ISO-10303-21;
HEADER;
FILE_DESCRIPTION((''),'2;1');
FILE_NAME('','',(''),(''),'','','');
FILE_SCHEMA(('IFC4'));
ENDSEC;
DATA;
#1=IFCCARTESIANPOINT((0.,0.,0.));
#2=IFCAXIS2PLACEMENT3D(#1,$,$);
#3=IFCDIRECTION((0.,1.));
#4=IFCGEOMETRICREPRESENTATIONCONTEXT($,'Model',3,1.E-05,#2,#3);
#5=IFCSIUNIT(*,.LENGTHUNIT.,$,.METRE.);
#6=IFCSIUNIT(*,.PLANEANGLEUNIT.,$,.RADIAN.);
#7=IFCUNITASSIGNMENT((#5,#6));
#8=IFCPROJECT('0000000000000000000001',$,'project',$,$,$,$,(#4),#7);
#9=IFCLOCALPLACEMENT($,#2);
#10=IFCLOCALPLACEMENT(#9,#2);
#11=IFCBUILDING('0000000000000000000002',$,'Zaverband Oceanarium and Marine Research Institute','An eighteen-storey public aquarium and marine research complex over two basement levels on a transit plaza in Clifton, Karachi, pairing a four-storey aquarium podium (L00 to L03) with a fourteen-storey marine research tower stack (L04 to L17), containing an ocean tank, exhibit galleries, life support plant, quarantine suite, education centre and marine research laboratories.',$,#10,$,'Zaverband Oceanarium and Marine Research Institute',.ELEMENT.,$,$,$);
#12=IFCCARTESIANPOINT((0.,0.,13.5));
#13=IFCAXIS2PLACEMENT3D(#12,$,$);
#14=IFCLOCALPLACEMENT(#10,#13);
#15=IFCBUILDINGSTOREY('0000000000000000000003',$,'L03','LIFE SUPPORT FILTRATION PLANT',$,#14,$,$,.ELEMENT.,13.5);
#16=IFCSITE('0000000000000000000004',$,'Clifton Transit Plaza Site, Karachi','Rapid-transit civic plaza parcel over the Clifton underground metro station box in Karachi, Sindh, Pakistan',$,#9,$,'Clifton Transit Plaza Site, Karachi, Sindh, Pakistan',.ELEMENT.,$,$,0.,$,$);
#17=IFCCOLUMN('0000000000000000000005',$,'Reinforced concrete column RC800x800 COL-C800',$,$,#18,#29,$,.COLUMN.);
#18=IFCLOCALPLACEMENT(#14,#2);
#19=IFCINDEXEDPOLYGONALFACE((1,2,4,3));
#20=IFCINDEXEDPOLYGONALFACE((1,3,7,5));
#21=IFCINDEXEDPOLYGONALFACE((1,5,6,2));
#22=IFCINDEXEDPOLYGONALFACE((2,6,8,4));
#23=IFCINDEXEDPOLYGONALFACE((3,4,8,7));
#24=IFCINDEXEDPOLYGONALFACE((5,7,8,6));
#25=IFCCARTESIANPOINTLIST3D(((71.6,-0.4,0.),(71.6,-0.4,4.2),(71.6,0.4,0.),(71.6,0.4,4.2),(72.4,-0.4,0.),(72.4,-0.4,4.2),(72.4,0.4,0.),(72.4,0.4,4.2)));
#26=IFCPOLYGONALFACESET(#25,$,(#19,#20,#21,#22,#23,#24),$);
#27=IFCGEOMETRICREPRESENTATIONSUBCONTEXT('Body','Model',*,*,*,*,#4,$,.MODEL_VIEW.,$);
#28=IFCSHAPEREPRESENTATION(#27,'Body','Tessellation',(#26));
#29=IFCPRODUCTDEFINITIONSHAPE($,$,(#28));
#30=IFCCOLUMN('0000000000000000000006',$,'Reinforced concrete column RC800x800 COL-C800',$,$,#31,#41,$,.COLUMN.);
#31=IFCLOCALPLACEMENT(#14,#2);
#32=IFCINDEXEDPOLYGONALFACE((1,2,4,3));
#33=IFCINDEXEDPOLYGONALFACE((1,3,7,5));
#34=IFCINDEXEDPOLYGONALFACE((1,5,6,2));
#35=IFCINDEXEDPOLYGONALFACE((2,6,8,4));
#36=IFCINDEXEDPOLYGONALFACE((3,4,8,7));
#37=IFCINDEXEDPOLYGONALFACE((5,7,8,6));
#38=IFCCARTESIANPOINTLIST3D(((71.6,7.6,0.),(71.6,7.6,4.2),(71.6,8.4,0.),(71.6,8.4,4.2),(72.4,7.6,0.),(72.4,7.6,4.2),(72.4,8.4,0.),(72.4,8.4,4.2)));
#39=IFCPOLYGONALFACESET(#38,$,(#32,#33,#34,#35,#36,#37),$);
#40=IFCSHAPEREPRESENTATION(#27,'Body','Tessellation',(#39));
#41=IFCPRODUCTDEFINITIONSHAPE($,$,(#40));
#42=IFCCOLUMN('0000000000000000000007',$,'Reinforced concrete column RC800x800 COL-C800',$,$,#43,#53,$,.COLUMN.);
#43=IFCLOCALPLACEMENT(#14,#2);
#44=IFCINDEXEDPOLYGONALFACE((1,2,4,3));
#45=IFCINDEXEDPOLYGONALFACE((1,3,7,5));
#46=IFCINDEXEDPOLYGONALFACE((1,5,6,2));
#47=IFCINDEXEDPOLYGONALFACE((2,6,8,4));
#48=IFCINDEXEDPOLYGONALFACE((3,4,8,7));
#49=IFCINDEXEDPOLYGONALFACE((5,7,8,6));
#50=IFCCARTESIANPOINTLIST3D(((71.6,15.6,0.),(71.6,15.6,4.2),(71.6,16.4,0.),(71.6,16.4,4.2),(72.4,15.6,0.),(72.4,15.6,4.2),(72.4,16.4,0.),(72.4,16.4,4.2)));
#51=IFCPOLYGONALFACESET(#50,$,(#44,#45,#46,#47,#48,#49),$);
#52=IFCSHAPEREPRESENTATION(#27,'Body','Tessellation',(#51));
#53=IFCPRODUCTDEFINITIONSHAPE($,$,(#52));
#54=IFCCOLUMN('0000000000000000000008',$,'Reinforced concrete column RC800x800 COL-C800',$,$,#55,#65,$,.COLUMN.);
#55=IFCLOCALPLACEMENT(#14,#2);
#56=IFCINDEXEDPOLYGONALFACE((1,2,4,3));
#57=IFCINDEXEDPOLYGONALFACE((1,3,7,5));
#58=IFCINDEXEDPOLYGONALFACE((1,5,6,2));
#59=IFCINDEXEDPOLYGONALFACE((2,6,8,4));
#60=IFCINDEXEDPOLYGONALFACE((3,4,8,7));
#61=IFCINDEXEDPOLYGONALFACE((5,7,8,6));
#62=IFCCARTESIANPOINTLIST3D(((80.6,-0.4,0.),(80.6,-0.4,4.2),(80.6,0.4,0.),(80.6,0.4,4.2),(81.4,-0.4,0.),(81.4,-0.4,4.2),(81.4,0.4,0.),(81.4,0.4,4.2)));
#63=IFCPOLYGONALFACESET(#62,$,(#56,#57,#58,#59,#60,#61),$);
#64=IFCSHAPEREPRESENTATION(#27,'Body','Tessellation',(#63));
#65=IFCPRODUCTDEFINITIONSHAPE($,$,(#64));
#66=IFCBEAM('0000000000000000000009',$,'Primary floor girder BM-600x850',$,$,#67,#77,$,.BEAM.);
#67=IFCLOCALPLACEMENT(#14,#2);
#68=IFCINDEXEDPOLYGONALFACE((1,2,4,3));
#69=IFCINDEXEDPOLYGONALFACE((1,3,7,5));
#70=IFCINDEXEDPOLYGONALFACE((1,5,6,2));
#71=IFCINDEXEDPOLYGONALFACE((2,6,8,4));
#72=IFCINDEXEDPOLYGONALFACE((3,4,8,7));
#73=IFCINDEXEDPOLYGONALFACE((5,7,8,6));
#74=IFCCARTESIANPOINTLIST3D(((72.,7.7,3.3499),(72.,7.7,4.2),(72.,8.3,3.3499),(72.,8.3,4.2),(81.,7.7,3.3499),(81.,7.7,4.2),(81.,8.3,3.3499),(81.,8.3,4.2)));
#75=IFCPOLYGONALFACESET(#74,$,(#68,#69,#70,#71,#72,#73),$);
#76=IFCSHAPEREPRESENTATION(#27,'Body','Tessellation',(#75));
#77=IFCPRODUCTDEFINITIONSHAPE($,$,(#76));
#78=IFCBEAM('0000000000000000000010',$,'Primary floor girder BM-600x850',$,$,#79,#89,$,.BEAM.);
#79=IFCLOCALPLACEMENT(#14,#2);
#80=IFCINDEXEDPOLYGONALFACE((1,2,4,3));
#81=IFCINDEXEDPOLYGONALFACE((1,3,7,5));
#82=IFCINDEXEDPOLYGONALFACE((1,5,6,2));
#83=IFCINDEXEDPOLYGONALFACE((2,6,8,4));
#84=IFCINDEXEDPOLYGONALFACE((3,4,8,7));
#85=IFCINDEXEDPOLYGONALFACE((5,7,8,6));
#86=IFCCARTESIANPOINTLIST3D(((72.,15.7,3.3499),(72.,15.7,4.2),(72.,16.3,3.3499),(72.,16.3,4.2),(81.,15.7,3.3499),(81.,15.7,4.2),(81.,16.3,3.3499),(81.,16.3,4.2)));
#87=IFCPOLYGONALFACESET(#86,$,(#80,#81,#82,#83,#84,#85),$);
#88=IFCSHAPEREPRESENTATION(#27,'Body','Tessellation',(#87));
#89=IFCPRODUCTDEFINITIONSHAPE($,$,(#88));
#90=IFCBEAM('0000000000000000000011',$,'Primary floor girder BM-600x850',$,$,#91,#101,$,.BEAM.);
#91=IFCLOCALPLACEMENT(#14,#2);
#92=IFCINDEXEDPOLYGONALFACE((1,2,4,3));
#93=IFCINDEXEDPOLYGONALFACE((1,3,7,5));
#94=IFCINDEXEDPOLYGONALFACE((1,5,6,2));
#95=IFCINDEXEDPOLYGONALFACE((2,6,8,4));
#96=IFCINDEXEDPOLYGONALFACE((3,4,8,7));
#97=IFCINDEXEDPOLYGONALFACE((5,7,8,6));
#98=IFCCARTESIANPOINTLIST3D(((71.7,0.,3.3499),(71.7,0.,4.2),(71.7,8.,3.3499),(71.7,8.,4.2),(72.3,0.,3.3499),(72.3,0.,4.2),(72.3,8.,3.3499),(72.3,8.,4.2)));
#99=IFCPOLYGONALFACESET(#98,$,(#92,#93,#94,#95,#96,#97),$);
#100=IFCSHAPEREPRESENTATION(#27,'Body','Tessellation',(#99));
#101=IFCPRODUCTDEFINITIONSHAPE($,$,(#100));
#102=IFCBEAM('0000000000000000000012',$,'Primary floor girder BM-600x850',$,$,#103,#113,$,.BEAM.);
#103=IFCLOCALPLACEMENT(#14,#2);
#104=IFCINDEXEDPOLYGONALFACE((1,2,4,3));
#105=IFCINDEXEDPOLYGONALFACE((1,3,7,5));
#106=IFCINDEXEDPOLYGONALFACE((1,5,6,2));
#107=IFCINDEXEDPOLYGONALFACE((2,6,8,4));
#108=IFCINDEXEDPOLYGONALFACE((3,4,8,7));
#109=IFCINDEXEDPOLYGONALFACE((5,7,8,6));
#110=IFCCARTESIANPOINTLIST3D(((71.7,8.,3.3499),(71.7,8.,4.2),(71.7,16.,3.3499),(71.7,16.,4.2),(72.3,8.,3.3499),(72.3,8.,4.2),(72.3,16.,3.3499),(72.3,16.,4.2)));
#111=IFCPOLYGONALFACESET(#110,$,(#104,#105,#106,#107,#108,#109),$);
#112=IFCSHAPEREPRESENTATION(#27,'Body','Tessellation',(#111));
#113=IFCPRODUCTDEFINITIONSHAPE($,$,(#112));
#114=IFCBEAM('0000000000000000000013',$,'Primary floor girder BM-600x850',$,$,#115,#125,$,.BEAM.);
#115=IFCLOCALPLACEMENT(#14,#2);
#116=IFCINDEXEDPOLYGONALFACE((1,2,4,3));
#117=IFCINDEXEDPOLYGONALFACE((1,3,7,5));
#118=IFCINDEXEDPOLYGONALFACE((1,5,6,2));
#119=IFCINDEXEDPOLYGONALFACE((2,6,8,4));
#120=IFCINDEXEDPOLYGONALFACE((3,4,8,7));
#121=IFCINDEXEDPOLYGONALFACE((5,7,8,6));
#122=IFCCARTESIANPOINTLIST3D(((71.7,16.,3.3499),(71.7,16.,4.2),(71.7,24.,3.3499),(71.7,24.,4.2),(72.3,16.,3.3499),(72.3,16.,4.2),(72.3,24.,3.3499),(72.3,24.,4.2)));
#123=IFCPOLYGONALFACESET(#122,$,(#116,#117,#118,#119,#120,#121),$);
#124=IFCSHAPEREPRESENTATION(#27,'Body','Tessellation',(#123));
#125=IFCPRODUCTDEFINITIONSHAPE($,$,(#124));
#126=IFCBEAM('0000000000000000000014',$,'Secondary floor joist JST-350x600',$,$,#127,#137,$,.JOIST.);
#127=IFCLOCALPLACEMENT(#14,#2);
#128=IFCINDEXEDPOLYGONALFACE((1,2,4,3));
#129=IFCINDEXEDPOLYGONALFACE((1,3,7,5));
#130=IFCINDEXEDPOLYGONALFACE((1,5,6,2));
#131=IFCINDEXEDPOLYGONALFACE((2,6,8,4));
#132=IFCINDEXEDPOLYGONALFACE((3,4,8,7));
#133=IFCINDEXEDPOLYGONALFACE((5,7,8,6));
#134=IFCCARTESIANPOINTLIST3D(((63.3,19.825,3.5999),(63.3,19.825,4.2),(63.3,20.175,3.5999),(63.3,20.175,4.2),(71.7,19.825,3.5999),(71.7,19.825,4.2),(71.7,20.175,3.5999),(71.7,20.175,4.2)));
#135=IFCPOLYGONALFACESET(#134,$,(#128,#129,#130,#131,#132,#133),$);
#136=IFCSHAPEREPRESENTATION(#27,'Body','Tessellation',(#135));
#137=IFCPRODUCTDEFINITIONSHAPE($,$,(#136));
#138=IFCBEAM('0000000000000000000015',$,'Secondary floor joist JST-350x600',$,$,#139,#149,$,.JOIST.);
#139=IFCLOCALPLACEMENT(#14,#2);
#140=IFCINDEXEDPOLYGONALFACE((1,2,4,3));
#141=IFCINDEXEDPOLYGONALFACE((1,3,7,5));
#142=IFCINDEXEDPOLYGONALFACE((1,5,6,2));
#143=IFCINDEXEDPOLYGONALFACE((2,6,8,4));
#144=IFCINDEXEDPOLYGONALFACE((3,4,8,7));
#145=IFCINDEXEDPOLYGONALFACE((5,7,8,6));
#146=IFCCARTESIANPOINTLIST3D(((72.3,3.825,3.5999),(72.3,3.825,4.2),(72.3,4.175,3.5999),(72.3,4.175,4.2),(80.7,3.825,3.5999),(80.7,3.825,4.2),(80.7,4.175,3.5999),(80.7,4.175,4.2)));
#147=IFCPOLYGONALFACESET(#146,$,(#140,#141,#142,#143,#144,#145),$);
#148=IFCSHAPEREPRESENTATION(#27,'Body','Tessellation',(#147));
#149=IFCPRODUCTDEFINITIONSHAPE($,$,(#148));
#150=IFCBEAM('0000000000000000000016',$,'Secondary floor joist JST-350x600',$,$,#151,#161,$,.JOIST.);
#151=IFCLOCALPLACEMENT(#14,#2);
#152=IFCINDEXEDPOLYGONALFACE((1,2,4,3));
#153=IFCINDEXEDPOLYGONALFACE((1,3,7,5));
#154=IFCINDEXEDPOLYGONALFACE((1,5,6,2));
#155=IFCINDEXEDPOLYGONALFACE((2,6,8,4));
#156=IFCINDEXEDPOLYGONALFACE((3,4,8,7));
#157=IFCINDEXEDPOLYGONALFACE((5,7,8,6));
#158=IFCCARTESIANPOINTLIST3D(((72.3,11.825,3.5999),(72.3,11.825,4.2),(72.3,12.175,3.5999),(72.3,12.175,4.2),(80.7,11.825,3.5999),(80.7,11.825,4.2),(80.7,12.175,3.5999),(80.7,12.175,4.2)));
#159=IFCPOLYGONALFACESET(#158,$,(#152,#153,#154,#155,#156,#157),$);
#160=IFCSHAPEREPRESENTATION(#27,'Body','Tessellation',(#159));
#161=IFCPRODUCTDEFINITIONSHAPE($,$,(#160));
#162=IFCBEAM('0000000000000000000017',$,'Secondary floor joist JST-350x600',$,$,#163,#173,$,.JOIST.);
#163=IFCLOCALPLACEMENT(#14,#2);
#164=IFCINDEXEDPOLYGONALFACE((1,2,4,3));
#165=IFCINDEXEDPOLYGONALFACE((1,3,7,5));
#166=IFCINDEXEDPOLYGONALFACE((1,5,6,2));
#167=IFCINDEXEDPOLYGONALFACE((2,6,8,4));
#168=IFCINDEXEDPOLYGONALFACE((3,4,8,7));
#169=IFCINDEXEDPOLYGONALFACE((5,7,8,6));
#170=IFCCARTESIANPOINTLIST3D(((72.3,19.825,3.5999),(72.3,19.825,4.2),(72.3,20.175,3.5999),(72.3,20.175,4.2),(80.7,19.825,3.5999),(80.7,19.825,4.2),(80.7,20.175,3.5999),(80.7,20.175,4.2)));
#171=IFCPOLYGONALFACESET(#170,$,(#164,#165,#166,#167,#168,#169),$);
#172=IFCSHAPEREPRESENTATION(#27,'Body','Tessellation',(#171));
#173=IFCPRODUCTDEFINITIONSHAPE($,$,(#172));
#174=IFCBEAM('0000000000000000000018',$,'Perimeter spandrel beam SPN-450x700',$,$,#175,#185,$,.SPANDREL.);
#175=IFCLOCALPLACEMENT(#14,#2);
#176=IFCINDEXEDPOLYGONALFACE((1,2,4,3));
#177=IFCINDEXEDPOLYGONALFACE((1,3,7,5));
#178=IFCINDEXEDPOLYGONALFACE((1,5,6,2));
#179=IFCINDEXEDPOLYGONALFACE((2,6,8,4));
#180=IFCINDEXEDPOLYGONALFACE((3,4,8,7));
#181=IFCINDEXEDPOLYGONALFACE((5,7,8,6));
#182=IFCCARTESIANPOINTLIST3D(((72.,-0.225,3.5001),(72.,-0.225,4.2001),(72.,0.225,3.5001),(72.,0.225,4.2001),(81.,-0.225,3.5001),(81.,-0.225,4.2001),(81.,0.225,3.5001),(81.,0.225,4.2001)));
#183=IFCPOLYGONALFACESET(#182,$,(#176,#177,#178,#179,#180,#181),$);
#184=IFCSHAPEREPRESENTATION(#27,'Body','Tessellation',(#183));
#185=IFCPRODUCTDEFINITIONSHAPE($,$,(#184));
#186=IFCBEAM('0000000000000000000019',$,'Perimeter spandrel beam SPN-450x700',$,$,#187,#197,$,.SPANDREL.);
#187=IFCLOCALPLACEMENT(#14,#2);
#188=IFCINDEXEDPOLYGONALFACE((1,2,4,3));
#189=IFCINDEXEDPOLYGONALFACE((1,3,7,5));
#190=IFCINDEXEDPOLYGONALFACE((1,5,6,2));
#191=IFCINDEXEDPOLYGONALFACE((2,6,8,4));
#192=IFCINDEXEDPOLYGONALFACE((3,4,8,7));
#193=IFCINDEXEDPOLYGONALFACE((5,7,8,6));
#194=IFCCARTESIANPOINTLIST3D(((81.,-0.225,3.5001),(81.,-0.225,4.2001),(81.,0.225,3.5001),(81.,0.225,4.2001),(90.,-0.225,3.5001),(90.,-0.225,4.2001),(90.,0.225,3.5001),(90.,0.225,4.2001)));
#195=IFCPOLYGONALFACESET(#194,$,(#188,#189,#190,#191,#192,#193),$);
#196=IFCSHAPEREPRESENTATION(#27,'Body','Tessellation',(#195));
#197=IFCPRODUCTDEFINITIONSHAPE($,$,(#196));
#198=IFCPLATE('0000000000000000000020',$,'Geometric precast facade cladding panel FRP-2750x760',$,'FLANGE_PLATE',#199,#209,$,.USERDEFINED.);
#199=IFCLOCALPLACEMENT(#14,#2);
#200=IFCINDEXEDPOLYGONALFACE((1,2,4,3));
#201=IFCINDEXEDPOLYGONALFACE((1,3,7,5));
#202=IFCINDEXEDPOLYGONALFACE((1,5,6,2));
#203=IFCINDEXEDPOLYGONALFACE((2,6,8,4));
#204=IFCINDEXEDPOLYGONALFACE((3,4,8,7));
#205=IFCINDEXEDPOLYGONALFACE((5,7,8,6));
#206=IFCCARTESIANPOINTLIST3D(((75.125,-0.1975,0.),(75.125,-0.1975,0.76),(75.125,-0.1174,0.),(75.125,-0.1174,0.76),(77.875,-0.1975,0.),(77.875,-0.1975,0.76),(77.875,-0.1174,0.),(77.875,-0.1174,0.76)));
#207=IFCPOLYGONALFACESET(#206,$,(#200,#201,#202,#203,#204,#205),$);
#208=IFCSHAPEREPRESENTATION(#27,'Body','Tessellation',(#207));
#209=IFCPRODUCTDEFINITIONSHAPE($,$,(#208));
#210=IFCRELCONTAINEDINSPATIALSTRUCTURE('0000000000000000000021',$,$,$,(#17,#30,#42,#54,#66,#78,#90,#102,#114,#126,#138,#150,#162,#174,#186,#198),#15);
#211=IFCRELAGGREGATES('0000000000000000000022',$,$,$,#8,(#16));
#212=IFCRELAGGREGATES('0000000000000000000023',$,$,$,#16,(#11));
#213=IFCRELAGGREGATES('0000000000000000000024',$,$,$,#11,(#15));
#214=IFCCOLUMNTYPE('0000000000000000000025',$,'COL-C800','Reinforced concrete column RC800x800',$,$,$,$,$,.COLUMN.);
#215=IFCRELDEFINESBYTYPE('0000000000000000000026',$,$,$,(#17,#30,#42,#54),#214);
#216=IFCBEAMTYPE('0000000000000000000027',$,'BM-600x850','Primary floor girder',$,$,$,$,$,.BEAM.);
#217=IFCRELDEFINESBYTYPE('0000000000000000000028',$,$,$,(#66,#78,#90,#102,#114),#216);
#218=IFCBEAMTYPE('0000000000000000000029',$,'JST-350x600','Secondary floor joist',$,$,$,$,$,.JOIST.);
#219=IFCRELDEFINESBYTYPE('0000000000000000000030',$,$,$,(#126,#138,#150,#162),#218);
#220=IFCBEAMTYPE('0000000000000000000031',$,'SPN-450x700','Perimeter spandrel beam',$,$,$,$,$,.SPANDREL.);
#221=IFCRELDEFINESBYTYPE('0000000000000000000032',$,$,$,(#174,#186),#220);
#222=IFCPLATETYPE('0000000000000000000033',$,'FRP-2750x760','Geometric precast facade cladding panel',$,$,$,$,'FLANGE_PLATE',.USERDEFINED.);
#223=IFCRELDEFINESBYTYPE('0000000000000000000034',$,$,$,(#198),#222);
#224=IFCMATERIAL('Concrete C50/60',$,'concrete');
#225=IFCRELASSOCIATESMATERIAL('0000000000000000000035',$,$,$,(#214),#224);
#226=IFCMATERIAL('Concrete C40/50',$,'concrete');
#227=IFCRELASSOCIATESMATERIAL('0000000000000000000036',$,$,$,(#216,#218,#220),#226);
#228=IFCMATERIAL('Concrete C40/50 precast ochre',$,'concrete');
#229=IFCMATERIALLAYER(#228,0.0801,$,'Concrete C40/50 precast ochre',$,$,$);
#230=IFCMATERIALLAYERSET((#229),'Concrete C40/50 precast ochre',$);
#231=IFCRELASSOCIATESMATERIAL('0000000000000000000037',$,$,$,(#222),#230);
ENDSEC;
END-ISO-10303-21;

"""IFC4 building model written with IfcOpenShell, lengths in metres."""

from ifc_helpers import new_model, si_unit, direction, frame, frame_2d, origin, origin_2d, place, context, subcontext, project, spatial, rectangle, extrude, material, layer, layer_set, material_profile, profile_set, type_object, element, save


model = new_model("IFC4")

# Units and contexts
model_context = context("Model", 3, precision=1e-05, world=origin(), true_north=direction((0.0, 1.0)))
body_context = subcontext(model_context, "Body", "Model", "MODEL_VIEW")
ifc_project = project(units=[si_unit("LENGTHUNIT", "METRE"), si_unit("PLANEANGLEUNIT", "RADIAN")], contexts=[model_context])

# Site, building, storey
site_placement = place(None, origin())
site = spatial("IfcSite", under=ifc_project, at=site_placement, Name="Clifton Transit Plaza Site, Karachi", Description="Rapid-transit civic plaza parcel over the Clifton underground metro station box in Karachi, Sindh, Pakistan", LongName="Clifton Transit Plaza Site, Karachi, Sindh, Pakistan", CompositionType="ELEMENT", RefElevation=0.0)
building_placement = place(site_placement, origin())
building = spatial("IfcBuilding", under=site, at=building_placement, Name="Zaverband Oceanarium and Marine Research Institute", Description="An eighteen-storey public aquarium and marine research complex over two basement levels on a transit plaza in Clifton, Karachi, pairing a four-storey aquarium podium (L00 to L03) with a fourteen-storey marine research tower stack (L04 to L17), containing an ocean tank, exhibit galleries, life support plant, quarantine suite, education centre and marine research laboratories.", LongName="Zaverband Oceanarium and Marine Research Institute", CompositionType="ELEMENT")
storey_placement = place(building_placement, frame((0.0, 0.0, 13.5)))
storey = spatial("IfcBuildingStorey", under=building, at=storey_placement, Name="L03", Description="LIFE SUPPORT FILTRATION PLANT", CompositionType="ELEMENT", Elevation=13.5)

# Columns
ifc_material_1 = material(Name="Concrete C50/60", Category="concrete")
ifc_material_profile_1 = material_profile(ifc_material_1, rectangle(XDim=0.8, YDim=0.8, at=origin_2d()), Name="RC800x800")
ifc_profile_set_1 = profile_set([ifc_material_profile_1], Name="Concrete C50/60")
column_type = type_object("IfcColumnType", Name="COL-C800", Description="Reinforced concrete column RC800x800", PredefinedType="COLUMN", material=ifc_profile_set_1)
for number, where, z_axis, x_axis, name in (
    (1, (72.0, 0.0, 0.0), (0.0, 0.0, 1.0), (1.0, 0.0, 0.0), "Reinforced concrete column RC800x800 COL-C800"),
    (2, (72.0, 8.0, 0.0), (0.0, 0.0, 1.0), (1.0, 0.0, 0.0), "Reinforced concrete column RC800x800 COL-C800"),
    (3, (72.0, 16.0, 0.0), (0.0, 0.0, 1.0), (1.0, 0.0, 0.0), "Reinforced concrete column RC800x800 COL-C800"),
    (4, (81.0, 0.0, 0.0), (0.0, 0.0, 1.0), (1.0, 0.0, 0.0), "Reinforced concrete column RC800x800 COL-C800"),
):
    element("IfcColumn", number, at=place(storey_placement, frame(where, z_axis=z_axis, x_axis=x_axis)), inside=storey, type_object=column_type, Name=name, PredefinedType="COLUMN", context=body_context, shape_type="SweptSolid", body=[
        extrude(rectangle(XDim=0.8, YDim=0.8, at=origin_2d()), origin(), (0.0, 0.0, 1.0), 4.2),
    ])

# Beams
ifc_material_2 = material(Name="Concrete C40/50", Category="concrete")
ifc_material_profile_2 = material_profile(ifc_material_2, rectangle(XDim=0.6001, YDim=0.8501, at=origin_2d()), Name="RC600x850")
ifc_profile_set_2 = profile_set([ifc_material_profile_2], Name="Concrete C40/50")
beam_type_1 = type_object("IfcBeamType", Name="BM-600x850", Description="Primary floor girder", PredefinedType="BEAM", material=ifc_profile_set_2)
for number, where, z_axis, x_axis, name in (
    (5, (72.0, 8.0, 3.7749), (1.0, 0.0, 0.0), (0.0, 1.0, 0.0), "Primary floor girder BM-600x850"),
    (6, (72.0, 16.0, 3.7749), (1.0, 0.0, 0.0), (0.0, 1.0, 0.0), "Primary floor girder BM-600x850"),
):
    element("IfcBeam", number, at=place(storey_placement, frame(where, z_axis=z_axis, x_axis=x_axis)), inside=storey, type_object=beam_type_1, Name=name, PredefinedType="BEAM", context=body_context, shape_type="SweptSolid", body=[
        extrude(rectangle(XDim=0.6001, YDim=0.8501, at=origin_2d()), origin(), (0.0, 0.0, 1.0), 9.0),
    ])
for number, where, z_axis, x_axis, name in (
    (7, (72.0, 0.0, 3.7749), (0.0, 1.0, 0.0), (-1.0, 0.0, 0.0), "Primary floor girder BM-600x850"),
    (8, (72.0, 8.0, 3.7749), (0.0, 1.0, 0.0), (-1.0, 0.0, 0.0), "Primary floor girder BM-600x850"),
    (9, (72.0, 16.0, 3.7749), (0.0, 1.0, 0.0), (-1.0, 0.0, 0.0), "Primary floor girder BM-600x850"),
):
    element("IfcBeam", number, at=place(storey_placement, frame(where, z_axis=z_axis, x_axis=x_axis)), inside=storey, type_object=beam_type_1, Name=name, PredefinedType="BEAM", context=body_context, shape_type="SweptSolid", body=[
        extrude(rectangle(XDim=0.6001, YDim=0.8501, at=origin_2d()), origin(), (0.0, 0.0, 1.0), 8.0),
    ])
ifc_material_profile_3 = material_profile(ifc_material_2, rectangle(XDim=0.3501, YDim=0.6001, at=origin_2d()), Name="RC350x600")
ifc_profile_set_3 = profile_set([ifc_material_profile_3], Name="Concrete C40/50")
beam_type_2 = type_object("IfcBeamType", Name="JST-350x600", Description="Secondary floor joist", PredefinedType="JOIST", material=ifc_profile_set_3)
for number, where, z_axis, x_axis, name in (
    (10, (63.3, 20.0, 3.8999), (1.0, 0.0, 0.0), (0.0, 1.0, 0.0), "Secondary floor joist JST-350x600"),
    (11, (72.3, 4.0, 3.8999), (1.0, 0.0, 0.0), (0.0, 1.0, 0.0), "Secondary floor joist JST-350x600"),
    (12, (72.3, 12.0, 3.8999), (1.0, 0.0, 0.0), (0.0, 1.0, 0.0), "Secondary floor joist JST-350x600"),
    (13, (72.3, 20.0, 3.8999), (1.0, 0.0, 0.0), (0.0, 1.0, 0.0), "Secondary floor joist JST-350x600"),
):
    element("IfcBeam", number, at=place(storey_placement, frame(where, z_axis=z_axis, x_axis=x_axis)), inside=storey, type_object=beam_type_2, Name=name, PredefinedType="JOIST", context=body_context, shape_type="SweptSolid", body=[
        extrude(rectangle(XDim=0.3501, YDim=0.6001, at=origin_2d()), origin(), (0.0, 0.0, 1.0), 8.3999),
    ])
ifc_material_profile_4 = material_profile(ifc_material_2, rectangle(XDim=0.45, YDim=0.7, at=origin_2d()), Name="RC450x700")
ifc_profile_set_4 = profile_set([ifc_material_profile_4], Name="Concrete C40/50")
beam_type_3 = type_object("IfcBeamType", Name="SPN-450x700", Description="Perimeter spandrel beam", PredefinedType="SPANDREL", material=ifc_profile_set_4)
for number, where, z_axis, x_axis, name in (
    (14, (72.0, 0.0, 3.8501), (1.0, 0.0, 0.0), (0.0, 1.0, 0.0), "Perimeter spandrel beam SPN-450x700"),
    (15, (81.0, 0.0, 3.8501), (1.0, 0.0, 0.0), (0.0, 1.0, 0.0), "Perimeter spandrel beam SPN-450x700"),
):
    element("IfcBeam", number, at=place(storey_placement, frame(where, z_axis=z_axis, x_axis=x_axis)), inside=storey, type_object=beam_type_3, Name=name, PredefinedType="SPANDREL", context=body_context, shape_type="SweptSolid", body=[
        extrude(rectangle(XDim=0.45, YDim=0.7, at=origin_2d()), origin(), (0.0, 0.0, 1.0), 9.0),
    ])

# Plate
ifc_material_3 = material(Name="Concrete C40/50 precast ochre", Category="concrete")
ifc_layer_1 = layer(ifc_material_3, 0.0801, Name="Concrete C40/50 precast ochre")
ifc_layer_set_1 = layer_set([ifc_layer_1], Name="Concrete C40/50 precast ochre")
plate_type_1 = type_object("IfcPlateType", Name="FRP-2750x760", Description="Geometric precast facade cladding panel", ElementType="FLANGE_PLATE", PredefinedType="USERDEFINED", material=ifc_layer_set_1)
plate_1_placement = place(storey_placement, frame((75.125, -0.1575, 0.0), z_axis=(0.0, 0.0, 1.0), x_axis=(1.0, 0.0, 0.0)))
element("IfcPlate", 16, at=plate_1_placement, inside=storey, type_object=plate_type_1, Name="Geometric precast facade cladding panel FRP-2750x760", ObjectType="FLANGE_PLATE", PredefinedType="USERDEFINED", context=body_context, shape_type="SweptSolid", body=[
    extrude(rectangle(XDim=2.75, YDim=0.0801, at=frame_2d((1.375, 0.0))), origin(), (0.0, 0.0, 1.0), 0.76),
])

save(model, "model.ifc")
